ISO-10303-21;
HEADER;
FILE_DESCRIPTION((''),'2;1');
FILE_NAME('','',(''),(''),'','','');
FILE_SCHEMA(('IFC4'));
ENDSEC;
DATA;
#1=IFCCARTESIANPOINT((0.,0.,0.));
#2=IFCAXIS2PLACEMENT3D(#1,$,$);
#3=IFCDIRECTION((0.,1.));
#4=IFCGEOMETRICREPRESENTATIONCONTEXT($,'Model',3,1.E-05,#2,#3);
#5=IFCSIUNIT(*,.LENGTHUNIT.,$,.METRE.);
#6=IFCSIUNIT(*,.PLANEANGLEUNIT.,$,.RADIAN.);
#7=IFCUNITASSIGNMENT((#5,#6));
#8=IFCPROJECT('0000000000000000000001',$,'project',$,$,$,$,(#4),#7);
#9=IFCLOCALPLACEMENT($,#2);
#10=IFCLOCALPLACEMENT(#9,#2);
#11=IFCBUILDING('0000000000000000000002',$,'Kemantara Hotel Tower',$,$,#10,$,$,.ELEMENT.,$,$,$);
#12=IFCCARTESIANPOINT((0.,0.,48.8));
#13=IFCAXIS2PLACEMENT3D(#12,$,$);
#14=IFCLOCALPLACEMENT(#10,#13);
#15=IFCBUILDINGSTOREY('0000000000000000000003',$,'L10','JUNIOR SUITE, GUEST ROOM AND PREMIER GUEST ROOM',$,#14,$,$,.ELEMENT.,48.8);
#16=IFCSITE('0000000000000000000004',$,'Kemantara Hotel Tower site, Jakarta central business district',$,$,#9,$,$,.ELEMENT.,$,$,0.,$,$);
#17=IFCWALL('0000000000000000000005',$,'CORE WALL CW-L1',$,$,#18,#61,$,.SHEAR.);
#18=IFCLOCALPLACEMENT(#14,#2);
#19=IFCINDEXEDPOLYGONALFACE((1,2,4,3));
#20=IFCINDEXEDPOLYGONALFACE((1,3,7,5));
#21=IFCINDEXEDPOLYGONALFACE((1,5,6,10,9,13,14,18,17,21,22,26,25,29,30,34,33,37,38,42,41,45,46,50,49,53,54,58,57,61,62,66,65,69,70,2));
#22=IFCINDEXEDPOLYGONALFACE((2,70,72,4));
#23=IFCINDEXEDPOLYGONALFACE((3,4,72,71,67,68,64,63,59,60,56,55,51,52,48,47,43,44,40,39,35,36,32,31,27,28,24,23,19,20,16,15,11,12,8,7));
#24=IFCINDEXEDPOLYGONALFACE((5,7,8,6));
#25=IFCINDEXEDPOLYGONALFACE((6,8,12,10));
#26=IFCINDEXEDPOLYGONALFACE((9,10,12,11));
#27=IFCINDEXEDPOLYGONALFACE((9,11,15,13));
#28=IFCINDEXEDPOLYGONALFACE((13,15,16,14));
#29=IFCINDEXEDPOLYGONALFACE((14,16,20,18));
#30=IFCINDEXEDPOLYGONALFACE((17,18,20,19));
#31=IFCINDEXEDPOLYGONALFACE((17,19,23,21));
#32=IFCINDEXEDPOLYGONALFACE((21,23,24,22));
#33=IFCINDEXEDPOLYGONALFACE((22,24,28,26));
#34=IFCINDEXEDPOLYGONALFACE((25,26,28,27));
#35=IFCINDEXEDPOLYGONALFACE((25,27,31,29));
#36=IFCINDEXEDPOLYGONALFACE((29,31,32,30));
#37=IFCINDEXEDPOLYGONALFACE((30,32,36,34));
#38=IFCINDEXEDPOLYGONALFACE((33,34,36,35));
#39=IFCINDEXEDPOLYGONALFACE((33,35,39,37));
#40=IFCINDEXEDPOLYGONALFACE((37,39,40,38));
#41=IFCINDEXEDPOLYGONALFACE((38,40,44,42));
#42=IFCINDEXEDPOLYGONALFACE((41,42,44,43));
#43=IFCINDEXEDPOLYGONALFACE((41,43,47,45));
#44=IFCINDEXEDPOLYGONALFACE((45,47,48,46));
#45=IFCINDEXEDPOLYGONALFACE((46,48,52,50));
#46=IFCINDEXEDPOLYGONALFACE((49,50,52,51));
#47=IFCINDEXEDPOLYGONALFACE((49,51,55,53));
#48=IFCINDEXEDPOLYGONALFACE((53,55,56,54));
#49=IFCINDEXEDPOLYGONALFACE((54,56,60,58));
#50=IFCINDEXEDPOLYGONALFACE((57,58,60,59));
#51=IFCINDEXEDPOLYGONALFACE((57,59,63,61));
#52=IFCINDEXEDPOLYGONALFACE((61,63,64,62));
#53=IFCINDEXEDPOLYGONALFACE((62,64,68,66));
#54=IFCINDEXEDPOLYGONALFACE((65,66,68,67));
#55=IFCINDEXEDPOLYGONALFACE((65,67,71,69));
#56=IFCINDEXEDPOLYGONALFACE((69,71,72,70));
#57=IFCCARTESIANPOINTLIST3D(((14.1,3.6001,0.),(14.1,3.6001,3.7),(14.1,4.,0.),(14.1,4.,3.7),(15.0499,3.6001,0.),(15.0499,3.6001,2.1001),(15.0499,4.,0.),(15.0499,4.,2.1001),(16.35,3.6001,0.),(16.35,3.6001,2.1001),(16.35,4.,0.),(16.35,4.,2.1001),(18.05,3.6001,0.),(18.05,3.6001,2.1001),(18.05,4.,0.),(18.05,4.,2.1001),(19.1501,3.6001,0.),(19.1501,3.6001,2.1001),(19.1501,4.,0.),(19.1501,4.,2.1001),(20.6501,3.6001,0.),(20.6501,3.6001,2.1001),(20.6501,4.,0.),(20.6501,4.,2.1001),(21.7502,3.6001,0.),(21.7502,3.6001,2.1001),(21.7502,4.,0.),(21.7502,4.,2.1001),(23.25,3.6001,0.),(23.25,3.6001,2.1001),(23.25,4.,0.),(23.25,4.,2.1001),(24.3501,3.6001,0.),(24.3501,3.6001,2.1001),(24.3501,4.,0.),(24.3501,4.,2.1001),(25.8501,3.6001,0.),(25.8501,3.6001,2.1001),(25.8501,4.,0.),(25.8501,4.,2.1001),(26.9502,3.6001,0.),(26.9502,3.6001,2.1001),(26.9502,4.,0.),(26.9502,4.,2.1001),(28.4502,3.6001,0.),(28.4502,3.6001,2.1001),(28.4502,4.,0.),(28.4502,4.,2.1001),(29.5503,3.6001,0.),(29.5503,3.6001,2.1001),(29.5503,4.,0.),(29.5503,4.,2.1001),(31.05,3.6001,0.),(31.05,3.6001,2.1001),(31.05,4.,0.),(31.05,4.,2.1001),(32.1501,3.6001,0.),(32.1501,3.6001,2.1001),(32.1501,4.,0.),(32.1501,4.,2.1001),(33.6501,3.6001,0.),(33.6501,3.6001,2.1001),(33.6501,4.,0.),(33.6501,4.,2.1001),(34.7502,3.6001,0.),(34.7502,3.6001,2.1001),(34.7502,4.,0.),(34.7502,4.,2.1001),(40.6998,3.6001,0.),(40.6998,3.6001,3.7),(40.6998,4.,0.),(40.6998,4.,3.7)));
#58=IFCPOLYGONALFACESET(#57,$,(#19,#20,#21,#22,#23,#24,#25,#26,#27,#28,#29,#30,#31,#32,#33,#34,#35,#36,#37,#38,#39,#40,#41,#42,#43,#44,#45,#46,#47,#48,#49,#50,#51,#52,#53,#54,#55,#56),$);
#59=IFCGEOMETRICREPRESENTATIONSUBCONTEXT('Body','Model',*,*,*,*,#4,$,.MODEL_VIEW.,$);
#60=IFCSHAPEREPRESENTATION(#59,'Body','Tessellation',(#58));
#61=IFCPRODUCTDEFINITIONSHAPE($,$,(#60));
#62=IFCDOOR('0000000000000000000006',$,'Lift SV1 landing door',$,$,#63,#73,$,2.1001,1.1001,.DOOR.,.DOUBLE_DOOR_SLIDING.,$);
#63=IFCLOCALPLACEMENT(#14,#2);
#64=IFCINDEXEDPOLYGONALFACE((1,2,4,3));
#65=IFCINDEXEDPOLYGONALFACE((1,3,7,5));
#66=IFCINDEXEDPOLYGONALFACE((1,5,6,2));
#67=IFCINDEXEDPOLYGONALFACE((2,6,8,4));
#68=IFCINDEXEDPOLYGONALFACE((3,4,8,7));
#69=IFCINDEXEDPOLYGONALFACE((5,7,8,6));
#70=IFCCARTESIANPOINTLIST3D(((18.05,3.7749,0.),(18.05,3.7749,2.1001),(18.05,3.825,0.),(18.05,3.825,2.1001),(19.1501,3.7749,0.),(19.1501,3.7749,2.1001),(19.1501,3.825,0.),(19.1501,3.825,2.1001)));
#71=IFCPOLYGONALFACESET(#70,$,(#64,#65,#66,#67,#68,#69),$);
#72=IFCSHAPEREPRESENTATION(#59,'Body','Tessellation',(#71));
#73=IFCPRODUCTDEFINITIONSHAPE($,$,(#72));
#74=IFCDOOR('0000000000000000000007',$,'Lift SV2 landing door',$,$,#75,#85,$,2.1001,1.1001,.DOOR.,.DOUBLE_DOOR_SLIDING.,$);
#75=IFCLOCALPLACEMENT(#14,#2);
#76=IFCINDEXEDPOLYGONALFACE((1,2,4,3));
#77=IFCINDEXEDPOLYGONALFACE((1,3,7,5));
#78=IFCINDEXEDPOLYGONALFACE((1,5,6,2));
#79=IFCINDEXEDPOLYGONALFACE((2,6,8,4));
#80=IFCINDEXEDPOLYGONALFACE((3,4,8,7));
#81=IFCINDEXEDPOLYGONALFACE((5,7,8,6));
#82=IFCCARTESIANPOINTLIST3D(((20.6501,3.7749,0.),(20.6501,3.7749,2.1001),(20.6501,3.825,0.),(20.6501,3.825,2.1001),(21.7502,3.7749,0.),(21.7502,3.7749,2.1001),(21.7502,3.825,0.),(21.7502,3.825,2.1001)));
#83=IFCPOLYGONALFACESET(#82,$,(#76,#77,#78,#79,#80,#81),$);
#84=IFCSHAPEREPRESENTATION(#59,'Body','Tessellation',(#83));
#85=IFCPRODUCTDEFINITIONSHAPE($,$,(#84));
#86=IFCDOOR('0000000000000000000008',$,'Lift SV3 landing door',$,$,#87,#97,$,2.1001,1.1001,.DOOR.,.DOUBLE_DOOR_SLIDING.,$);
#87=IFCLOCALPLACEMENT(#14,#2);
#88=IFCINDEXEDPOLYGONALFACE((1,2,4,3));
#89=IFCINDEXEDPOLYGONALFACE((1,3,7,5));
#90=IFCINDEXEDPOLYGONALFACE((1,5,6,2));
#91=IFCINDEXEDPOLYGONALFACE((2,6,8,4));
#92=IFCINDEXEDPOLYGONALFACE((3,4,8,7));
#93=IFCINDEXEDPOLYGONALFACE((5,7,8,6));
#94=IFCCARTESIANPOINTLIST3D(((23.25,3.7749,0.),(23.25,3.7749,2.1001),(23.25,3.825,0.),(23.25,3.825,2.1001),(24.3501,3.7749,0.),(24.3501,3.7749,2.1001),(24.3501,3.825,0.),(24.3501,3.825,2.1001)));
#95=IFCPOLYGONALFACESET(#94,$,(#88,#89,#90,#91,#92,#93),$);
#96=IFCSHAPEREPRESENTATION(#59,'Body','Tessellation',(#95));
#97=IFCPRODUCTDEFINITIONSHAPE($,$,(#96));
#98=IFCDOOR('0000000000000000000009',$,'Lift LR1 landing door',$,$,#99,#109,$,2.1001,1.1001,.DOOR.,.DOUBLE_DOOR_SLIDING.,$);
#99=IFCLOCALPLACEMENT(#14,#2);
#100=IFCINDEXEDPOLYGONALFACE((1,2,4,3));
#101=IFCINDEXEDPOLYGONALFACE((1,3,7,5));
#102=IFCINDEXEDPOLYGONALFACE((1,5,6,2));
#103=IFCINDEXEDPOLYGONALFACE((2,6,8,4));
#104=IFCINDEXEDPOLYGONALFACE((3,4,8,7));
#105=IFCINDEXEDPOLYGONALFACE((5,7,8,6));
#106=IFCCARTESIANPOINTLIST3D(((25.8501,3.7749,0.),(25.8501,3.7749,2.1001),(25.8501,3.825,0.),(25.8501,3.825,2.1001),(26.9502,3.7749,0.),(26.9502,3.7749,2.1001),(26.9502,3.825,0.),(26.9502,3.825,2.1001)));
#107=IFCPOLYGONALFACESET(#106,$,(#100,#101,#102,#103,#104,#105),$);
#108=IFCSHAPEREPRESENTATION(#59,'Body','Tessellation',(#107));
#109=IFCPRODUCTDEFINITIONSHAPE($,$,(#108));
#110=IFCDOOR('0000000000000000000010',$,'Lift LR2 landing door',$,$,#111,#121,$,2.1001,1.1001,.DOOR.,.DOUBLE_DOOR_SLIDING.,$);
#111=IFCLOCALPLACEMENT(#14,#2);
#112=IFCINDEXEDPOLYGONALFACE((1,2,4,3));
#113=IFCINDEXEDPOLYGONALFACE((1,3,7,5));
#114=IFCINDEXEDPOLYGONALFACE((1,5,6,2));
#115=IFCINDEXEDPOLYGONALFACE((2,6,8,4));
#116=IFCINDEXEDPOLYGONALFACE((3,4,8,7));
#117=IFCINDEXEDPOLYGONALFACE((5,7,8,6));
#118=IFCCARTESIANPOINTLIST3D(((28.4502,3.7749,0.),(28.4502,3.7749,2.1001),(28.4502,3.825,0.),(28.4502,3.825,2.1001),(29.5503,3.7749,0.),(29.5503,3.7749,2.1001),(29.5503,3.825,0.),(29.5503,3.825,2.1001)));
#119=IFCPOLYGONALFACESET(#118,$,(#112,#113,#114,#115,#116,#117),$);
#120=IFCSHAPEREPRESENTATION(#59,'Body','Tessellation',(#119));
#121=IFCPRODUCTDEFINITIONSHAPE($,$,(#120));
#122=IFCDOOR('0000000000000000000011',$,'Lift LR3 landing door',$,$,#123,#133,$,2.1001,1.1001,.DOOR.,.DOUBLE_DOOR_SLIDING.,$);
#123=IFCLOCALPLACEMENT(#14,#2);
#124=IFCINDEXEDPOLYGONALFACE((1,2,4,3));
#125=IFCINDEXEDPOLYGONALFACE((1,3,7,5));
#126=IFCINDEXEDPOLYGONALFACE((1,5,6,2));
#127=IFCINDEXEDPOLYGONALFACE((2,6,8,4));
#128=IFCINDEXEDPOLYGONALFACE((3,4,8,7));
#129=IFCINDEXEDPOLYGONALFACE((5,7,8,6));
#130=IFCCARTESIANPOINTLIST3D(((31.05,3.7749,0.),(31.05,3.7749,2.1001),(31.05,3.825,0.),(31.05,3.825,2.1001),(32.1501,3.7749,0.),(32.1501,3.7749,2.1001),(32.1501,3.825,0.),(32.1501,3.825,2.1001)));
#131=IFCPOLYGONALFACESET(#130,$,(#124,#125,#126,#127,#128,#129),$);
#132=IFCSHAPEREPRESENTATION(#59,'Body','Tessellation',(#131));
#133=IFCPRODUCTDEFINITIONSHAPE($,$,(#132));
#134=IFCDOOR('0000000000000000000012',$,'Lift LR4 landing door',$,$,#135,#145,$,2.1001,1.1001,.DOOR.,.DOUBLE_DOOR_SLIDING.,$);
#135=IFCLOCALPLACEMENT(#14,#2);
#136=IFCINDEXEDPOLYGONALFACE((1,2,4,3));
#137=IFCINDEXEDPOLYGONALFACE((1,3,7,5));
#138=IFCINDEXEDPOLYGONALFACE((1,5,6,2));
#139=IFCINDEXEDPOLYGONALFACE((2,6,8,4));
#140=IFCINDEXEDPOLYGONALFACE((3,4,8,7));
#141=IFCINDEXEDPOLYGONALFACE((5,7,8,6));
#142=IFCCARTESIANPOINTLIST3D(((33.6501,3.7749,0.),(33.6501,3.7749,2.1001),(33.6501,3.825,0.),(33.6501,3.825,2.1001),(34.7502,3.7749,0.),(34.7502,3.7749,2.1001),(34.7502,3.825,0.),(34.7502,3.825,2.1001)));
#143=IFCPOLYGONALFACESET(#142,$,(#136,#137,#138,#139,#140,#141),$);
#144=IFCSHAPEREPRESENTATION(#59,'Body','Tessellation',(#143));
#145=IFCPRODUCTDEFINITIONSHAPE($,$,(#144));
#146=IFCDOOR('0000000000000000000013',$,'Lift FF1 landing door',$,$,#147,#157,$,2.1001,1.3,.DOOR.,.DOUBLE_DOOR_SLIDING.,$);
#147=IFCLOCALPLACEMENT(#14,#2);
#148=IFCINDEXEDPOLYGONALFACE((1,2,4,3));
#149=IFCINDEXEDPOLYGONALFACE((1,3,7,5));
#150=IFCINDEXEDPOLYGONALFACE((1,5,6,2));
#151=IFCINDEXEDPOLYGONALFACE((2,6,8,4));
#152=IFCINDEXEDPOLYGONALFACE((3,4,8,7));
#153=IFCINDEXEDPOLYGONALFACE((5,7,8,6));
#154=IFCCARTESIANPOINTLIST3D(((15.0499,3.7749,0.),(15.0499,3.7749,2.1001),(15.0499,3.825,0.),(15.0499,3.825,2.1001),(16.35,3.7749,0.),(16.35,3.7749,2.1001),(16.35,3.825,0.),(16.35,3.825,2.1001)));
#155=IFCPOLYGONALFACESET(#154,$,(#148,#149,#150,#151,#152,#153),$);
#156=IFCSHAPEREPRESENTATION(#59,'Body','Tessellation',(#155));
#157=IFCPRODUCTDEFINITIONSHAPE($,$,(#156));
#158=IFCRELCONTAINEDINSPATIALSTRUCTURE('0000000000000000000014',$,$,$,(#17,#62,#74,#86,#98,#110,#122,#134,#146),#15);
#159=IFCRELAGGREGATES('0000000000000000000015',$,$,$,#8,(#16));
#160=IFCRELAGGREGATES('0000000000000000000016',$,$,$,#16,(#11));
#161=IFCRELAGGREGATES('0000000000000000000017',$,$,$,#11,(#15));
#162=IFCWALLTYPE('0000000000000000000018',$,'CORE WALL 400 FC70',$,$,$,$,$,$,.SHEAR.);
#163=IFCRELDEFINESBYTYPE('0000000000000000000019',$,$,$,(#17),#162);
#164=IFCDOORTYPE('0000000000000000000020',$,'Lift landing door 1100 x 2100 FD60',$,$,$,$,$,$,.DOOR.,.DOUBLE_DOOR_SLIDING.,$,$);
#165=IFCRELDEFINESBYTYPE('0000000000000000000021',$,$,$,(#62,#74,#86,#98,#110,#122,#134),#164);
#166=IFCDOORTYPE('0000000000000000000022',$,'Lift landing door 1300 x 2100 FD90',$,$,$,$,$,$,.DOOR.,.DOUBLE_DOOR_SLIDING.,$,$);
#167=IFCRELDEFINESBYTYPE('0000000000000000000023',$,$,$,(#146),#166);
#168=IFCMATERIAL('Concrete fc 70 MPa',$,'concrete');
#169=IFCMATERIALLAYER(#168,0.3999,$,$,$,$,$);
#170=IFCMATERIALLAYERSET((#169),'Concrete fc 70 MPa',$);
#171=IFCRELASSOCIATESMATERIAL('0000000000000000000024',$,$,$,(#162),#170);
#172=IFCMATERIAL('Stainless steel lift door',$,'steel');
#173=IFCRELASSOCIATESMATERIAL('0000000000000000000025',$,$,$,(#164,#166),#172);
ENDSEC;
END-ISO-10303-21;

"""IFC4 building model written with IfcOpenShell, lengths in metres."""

from ifc_helpers import new_model, si_unit, direction, frame, frame_2d, origin, place, context, subcontext, project, spatial, rectangle, extrude, material, layer, layer_set, type_object, element, fill, save


model = new_model("IFC4")

# Units and contexts
model_context = context("Model", 3, precision=1e-05, world=origin(), true_north=direction((0.0, 1.0)))
body_context = subcontext(model_context, "Body", "Model", "MODEL_VIEW")
ifc_project = project(units=[si_unit("LENGTHUNIT", "METRE"), si_unit("PLANEANGLEUNIT", "RADIAN")], contexts=[model_context])

# Site, building, storey
site_placement = place(None, origin())
site = spatial("IfcSite", under=ifc_project, at=site_placement, Name="Kemantara Hotel Tower site, Jakarta central business district", CompositionType="ELEMENT", RefElevation=0.0)
building_placement = place(site_placement, origin())
building = spatial("IfcBuilding", under=site, at=building_placement, Name="Kemantara Hotel Tower", CompositionType="ELEMENT")
storey_placement = place(building_placement, frame((0.0, 0.0, 48.8)))
storey = spatial("IfcBuildingStorey", under=building, at=storey_placement, Name="L10", Description="JUNIOR SUITE, GUEST ROOM AND PREMIER GUEST ROOM", CompositionType="ELEMENT", Elevation=48.8)

# Shared definitions
ifc_material_1 = material(Name="Concrete fc 70 MPa", Category="concrete")

# Shared definitions
ifc_layer_1 = layer(ifc_material_1, 0.3999)
ifc_layer_set_1 = layer_set([ifc_layer_1], Name="Concrete fc 70 MPa")
wall_type_1 = type_object("IfcWallType", Name="CORE WALL 400 FC70", PredefinedType="SHEAR", material=ifc_layer_set_1)

# Wall, openings, doors
wall_1_placement = place(storey_placement, frame((14.1001, 3.8, 0.0), z_axis=(0.0, 0.0, 1.0), x_axis=(1.0, 0.0, 0.0)))
wall_1 = element("IfcWall", 1, at=wall_1_placement, inside=storey, type_object=wall_type_1, Name="CORE WALL CW-L1", PredefinedType="SHEAR", context=body_context, shape_type="SweptSolid", body=[
    extrude(rectangle(XDim=26.5999, YDim=0.3999, at=frame_2d((13.2998, 0.0))), origin(), (0.0, 0.0, 1.0), 3.7),
])
opening_1_placement = place(wall_1_placement, frame((0.95, 0.0, 0.0)))
opening_1 = element("IfcOpeningElement", 2, at=opening_1_placement, cuts=wall_1, PredefinedType="OPENING", context=body_context, shape_type="SweptSolid", body=[
    extrude(rectangle(XDim=1.3, YDim=2.1001, at=frame_2d((0.6499, 1.05))), frame((0.0, 0.21, 0.0), z_axis=(0.0, -1.0, 0.0), x_axis=(1.0, 0.0, 0.0)), (0.0, 0.0, 1.0), 0.4199),
])
opening_2_placement = place(wall_1_placement, frame((3.95, 0.0, 0.0)))
opening_2 = element("IfcOpeningElement", 3, at=opening_2_placement, cuts=wall_1, PredefinedType="OPENING", context=body_context, shape_type="SweptSolid", body=[
    extrude(rectangle(XDim=1.1001, YDim=2.1001, at=frame_2d((0.55, 1.05))), frame((0.0, 0.21, 0.0), z_axis=(0.0, -1.0, 0.0), x_axis=(1.0, 0.0, 0.0)), (0.0, 0.0, 1.0), 0.4199),
])
opening_3_placement = place(wall_1_placement, frame((6.55, 0.0, 0.0)))
opening_3 = element("IfcOpeningElement", 4, at=opening_3_placement, cuts=wall_1, PredefinedType="OPENING", context=body_context, shape_type="SweptSolid", body=[
    extrude(rectangle(XDim=1.1001, YDim=2.1001, at=frame_2d((0.55, 1.05))), frame((0.0, 0.21, 0.0), z_axis=(0.0, -1.0, 0.0), x_axis=(1.0, 0.0, 0.0)), (0.0, 0.0, 1.0), 0.4199),
])
opening_4_placement = place(wall_1_placement, frame((9.1499, 0.0, 0.0)))
opening_4 = element("IfcOpeningElement", 5, at=opening_4_placement, cuts=wall_1, PredefinedType="OPENING", context=body_context, shape_type="SweptSolid", body=[
    extrude(rectangle(XDim=1.1001, YDim=2.1001, at=frame_2d((0.55, 1.05))), frame((0.0, 0.21, 0.0), z_axis=(0.0, -1.0, 0.0), x_axis=(1.0, 0.0, 0.0)), (0.0, 0.0, 1.0), 0.4199),
])
opening_5_placement = place(wall_1_placement, frame((11.75, 0.0, 0.0)))
opening_5 = element("IfcOpeningElement", 6, at=opening_5_placement, cuts=wall_1, PredefinedType="OPENING", context=body_context, shape_type="SweptSolid", body=[
    extrude(rectangle(XDim=1.1001, YDim=2.1001, at=frame_2d((0.55, 1.05))), frame((0.0, 0.21, 0.0), z_axis=(0.0, -1.0, 0.0), x_axis=(1.0, 0.0, 0.0)), (0.0, 0.0, 1.0), 0.4199),
])
opening_6_placement = place(wall_1_placement, frame((14.3501, 0.0, 0.0)))
opening_6 = element("IfcOpeningElement", 7, at=opening_6_placement, cuts=wall_1, PredefinedType="OPENING", context=body_context, shape_type="SweptSolid", body=[
    extrude(rectangle(XDim=1.1001, YDim=2.1001, at=frame_2d((0.55, 1.05))), frame((0.0, 0.21, 0.0), z_axis=(0.0, -1.0, 0.0), x_axis=(1.0, 0.0, 0.0)), (0.0, 0.0, 1.0), 0.4199),
])
opening_7_placement = place(wall_1_placement, frame((16.95, 0.0, 0.0)))
opening_7 = element("IfcOpeningElement", 8, at=opening_7_placement, cuts=wall_1, PredefinedType="OPENING", context=body_context, shape_type="SweptSolid", body=[
    extrude(rectangle(XDim=1.1001, YDim=2.1001, at=frame_2d((0.55, 1.05))), frame((0.0, 0.21, 0.0), z_axis=(0.0, -1.0, 0.0), x_axis=(1.0, 0.0, 0.0)), (0.0, 0.0, 1.0), 0.4199),
])
opening_8_placement = place(wall_1_placement, frame((19.55, 0.0, 0.0)))
opening_8 = element("IfcOpeningElement", 9, at=opening_8_placement, cuts=wall_1, PredefinedType="OPENING", context=body_context, shape_type="SweptSolid", body=[
    extrude(rectangle(XDim=1.1001, YDim=2.1001, at=frame_2d((0.55, 1.05))), frame((0.0, 0.21, 0.0), z_axis=(0.0, -1.0, 0.0), x_axis=(1.0, 0.0, 0.0)), (0.0, 0.0, 1.0), 0.4199),
])
ifc_material_2 = material(Name="Stainless steel lift door", Category="steel")
door_type_1 = type_object("IfcDoorType", Name="Lift landing door 1100 x 2100 FD60", OperationType="DOUBLE_DOOR_SLIDING", PredefinedType="DOOR", material=ifc_material_2)
door_1_placement = place(opening_2_placement, origin())
door_1 = element("IfcDoor", 10, at=door_1_placement, inside=storey, type_object=door_type_1, Name="Lift SV1 landing door", OperationType="DOUBLE_DOOR_SLIDING", OverallHeight=2.1001, OverallWidth=1.1001, PredefinedType="DOOR", context=body_context, shape_type="SweptSolid", body=[
    extrude(rectangle(XDim=1.1001, YDim=2.1001, at=frame_2d((0.55, 1.05))), frame((0.0, 0.0249, 0.0), z_axis=(0.0, -1.0, 0.0), x_axis=(1.0, 0.0, 0.0)), (0.0, 0.0, 1.0), 0.05),
])
fill(opening_2, door_1)
door_2_placement = place(opening_3_placement, origin())
door_2 = element("IfcDoor", 11, at=door_2_placement, inside=storey, type_object=door_type_1, Name="Lift SV2 landing door", OperationType="DOUBLE_DOOR_SLIDING", OverallHeight=2.1001, OverallWidth=1.1001, PredefinedType="DOOR", context=body_context, shape_type="SweptSolid", body=[
    extrude(rectangle(XDim=1.1001, YDim=2.1001, at=frame_2d((0.55, 1.05))), frame((0.0, 0.0249, 0.0), z_axis=(0.0, -1.0, 0.0), x_axis=(1.0, 0.0, 0.0)), (0.0, 0.0, 1.0), 0.05),
])
fill(opening_3, door_2)
door_3_placement = place(opening_4_placement, origin())
door_3 = element("IfcDoor", 12, at=door_3_placement, inside=storey, type_object=door_type_1, Name="Lift SV3 landing door", OperationType="DOUBLE_DOOR_SLIDING", OverallHeight=2.1001, OverallWidth=1.1001, PredefinedType="DOOR", context=body_context, shape_type="SweptSolid", body=[
    extrude(rectangle(XDim=1.1001, YDim=2.1001, at=frame_2d((0.55, 1.05))), frame((0.0, 0.0249, 0.0), z_axis=(0.0, -1.0, 0.0), x_axis=(1.0, 0.0, 0.0)), (0.0, 0.0, 1.0), 0.05),
])
fill(opening_4, door_3)
door_4_placement = place(opening_5_placement, origin())
door_4 = element("IfcDoor", 13, at=door_4_placement, inside=storey, type_object=door_type_1, Name="Lift LR1 landing door", OperationType="DOUBLE_DOOR_SLIDING", OverallHeight=2.1001, OverallWidth=1.1001, PredefinedType="DOOR", context=body_context, shape_type="SweptSolid", body=[
    extrude(rectangle(XDim=1.1001, YDim=2.1001, at=frame_2d((0.55, 1.05))), frame((0.0, 0.0249, 0.0), z_axis=(0.0, -1.0, 0.0), x_axis=(1.0, 0.0, 0.0)), (0.0, 0.0, 1.0), 0.05),
])
fill(opening_5, door_4)
door_5_placement = place(opening_6_placement, origin())
door_5 = element("IfcDoor", 14, at=door_5_placement, inside=storey, type_object=door_type_1, Name="Lift LR2 landing door", OperationType="DOUBLE_DOOR_SLIDING", OverallHeight=2.1001, OverallWidth=1.1001, PredefinedType="DOOR", context=body_context, shape_type="SweptSolid", body=[
    extrude(rectangle(XDim=1.1001, YDim=2.1001, at=frame_2d((0.55, 1.05))), frame((0.0, 0.0249, 0.0), z_axis=(0.0, -1.0, 0.0), x_axis=(1.0, 0.0, 0.0)), (0.0, 0.0, 1.0), 0.05),
])
fill(opening_6, door_5)
door_6_placement = place(opening_7_placement, origin())
door_6 = element("IfcDoor", 15, at=door_6_placement, inside=storey, type_object=door_type_1, Name="Lift LR3 landing door", OperationType="DOUBLE_DOOR_SLIDING", OverallHeight=2.1001, OverallWidth=1.1001, PredefinedType="DOOR", context=body_context, shape_type="SweptSolid", body=[
    extrude(rectangle(XDim=1.1001, YDim=2.1001, at=frame_2d((0.55, 1.05))), frame((0.0, 0.0249, 0.0), z_axis=(0.0, -1.0, 0.0), x_axis=(1.0, 0.0, 0.0)), (0.0, 0.0, 1.0), 0.05),
])
fill(opening_7, door_6)
door_7_placement = place(opening_8_placement, origin())
door_7 = element("IfcDoor", 16, at=door_7_placement, inside=storey, type_object=door_type_1, Name="Lift LR4 landing door", OperationType="DOUBLE_DOOR_SLIDING", OverallHeight=2.1001, OverallWidth=1.1001, PredefinedType="DOOR", context=body_context, shape_type="SweptSolid", body=[
    extrude(rectangle(XDim=1.1001, YDim=2.1001, at=frame_2d((0.55, 1.05))), frame((0.0, 0.0249, 0.0), z_axis=(0.0, -1.0, 0.0), x_axis=(1.0, 0.0, 0.0)), (0.0, 0.0, 1.0), 0.05),
])
fill(opening_8, door_7)
door_type_2 = type_object("IfcDoorType", Name="Lift landing door 1300 x 2100 FD90", OperationType="DOUBLE_DOOR_SLIDING", PredefinedType="DOOR", material=ifc_material_2)
door_8_placement = place(opening_1_placement, origin())
door_8 = element("IfcDoor", 17, at=door_8_placement, inside=storey, type_object=door_type_2, Name="Lift FF1 landing door", OperationType="DOUBLE_DOOR_SLIDING", OverallHeight=2.1001, OverallWidth=1.3, PredefinedType="DOOR", context=body_context, shape_type="SweptSolid", body=[
    extrude(rectangle(XDim=1.3, YDim=2.1001, at=frame_2d((0.6499, 1.05))), frame((0.0, 0.0249, 0.0), z_axis=(0.0, -1.0, 0.0), x_axis=(1.0, 0.0, 0.0)), (0.0, 0.0, 1.0), 0.05),
])
fill(opening_1, door_8)

save(model, "model.ifc")
